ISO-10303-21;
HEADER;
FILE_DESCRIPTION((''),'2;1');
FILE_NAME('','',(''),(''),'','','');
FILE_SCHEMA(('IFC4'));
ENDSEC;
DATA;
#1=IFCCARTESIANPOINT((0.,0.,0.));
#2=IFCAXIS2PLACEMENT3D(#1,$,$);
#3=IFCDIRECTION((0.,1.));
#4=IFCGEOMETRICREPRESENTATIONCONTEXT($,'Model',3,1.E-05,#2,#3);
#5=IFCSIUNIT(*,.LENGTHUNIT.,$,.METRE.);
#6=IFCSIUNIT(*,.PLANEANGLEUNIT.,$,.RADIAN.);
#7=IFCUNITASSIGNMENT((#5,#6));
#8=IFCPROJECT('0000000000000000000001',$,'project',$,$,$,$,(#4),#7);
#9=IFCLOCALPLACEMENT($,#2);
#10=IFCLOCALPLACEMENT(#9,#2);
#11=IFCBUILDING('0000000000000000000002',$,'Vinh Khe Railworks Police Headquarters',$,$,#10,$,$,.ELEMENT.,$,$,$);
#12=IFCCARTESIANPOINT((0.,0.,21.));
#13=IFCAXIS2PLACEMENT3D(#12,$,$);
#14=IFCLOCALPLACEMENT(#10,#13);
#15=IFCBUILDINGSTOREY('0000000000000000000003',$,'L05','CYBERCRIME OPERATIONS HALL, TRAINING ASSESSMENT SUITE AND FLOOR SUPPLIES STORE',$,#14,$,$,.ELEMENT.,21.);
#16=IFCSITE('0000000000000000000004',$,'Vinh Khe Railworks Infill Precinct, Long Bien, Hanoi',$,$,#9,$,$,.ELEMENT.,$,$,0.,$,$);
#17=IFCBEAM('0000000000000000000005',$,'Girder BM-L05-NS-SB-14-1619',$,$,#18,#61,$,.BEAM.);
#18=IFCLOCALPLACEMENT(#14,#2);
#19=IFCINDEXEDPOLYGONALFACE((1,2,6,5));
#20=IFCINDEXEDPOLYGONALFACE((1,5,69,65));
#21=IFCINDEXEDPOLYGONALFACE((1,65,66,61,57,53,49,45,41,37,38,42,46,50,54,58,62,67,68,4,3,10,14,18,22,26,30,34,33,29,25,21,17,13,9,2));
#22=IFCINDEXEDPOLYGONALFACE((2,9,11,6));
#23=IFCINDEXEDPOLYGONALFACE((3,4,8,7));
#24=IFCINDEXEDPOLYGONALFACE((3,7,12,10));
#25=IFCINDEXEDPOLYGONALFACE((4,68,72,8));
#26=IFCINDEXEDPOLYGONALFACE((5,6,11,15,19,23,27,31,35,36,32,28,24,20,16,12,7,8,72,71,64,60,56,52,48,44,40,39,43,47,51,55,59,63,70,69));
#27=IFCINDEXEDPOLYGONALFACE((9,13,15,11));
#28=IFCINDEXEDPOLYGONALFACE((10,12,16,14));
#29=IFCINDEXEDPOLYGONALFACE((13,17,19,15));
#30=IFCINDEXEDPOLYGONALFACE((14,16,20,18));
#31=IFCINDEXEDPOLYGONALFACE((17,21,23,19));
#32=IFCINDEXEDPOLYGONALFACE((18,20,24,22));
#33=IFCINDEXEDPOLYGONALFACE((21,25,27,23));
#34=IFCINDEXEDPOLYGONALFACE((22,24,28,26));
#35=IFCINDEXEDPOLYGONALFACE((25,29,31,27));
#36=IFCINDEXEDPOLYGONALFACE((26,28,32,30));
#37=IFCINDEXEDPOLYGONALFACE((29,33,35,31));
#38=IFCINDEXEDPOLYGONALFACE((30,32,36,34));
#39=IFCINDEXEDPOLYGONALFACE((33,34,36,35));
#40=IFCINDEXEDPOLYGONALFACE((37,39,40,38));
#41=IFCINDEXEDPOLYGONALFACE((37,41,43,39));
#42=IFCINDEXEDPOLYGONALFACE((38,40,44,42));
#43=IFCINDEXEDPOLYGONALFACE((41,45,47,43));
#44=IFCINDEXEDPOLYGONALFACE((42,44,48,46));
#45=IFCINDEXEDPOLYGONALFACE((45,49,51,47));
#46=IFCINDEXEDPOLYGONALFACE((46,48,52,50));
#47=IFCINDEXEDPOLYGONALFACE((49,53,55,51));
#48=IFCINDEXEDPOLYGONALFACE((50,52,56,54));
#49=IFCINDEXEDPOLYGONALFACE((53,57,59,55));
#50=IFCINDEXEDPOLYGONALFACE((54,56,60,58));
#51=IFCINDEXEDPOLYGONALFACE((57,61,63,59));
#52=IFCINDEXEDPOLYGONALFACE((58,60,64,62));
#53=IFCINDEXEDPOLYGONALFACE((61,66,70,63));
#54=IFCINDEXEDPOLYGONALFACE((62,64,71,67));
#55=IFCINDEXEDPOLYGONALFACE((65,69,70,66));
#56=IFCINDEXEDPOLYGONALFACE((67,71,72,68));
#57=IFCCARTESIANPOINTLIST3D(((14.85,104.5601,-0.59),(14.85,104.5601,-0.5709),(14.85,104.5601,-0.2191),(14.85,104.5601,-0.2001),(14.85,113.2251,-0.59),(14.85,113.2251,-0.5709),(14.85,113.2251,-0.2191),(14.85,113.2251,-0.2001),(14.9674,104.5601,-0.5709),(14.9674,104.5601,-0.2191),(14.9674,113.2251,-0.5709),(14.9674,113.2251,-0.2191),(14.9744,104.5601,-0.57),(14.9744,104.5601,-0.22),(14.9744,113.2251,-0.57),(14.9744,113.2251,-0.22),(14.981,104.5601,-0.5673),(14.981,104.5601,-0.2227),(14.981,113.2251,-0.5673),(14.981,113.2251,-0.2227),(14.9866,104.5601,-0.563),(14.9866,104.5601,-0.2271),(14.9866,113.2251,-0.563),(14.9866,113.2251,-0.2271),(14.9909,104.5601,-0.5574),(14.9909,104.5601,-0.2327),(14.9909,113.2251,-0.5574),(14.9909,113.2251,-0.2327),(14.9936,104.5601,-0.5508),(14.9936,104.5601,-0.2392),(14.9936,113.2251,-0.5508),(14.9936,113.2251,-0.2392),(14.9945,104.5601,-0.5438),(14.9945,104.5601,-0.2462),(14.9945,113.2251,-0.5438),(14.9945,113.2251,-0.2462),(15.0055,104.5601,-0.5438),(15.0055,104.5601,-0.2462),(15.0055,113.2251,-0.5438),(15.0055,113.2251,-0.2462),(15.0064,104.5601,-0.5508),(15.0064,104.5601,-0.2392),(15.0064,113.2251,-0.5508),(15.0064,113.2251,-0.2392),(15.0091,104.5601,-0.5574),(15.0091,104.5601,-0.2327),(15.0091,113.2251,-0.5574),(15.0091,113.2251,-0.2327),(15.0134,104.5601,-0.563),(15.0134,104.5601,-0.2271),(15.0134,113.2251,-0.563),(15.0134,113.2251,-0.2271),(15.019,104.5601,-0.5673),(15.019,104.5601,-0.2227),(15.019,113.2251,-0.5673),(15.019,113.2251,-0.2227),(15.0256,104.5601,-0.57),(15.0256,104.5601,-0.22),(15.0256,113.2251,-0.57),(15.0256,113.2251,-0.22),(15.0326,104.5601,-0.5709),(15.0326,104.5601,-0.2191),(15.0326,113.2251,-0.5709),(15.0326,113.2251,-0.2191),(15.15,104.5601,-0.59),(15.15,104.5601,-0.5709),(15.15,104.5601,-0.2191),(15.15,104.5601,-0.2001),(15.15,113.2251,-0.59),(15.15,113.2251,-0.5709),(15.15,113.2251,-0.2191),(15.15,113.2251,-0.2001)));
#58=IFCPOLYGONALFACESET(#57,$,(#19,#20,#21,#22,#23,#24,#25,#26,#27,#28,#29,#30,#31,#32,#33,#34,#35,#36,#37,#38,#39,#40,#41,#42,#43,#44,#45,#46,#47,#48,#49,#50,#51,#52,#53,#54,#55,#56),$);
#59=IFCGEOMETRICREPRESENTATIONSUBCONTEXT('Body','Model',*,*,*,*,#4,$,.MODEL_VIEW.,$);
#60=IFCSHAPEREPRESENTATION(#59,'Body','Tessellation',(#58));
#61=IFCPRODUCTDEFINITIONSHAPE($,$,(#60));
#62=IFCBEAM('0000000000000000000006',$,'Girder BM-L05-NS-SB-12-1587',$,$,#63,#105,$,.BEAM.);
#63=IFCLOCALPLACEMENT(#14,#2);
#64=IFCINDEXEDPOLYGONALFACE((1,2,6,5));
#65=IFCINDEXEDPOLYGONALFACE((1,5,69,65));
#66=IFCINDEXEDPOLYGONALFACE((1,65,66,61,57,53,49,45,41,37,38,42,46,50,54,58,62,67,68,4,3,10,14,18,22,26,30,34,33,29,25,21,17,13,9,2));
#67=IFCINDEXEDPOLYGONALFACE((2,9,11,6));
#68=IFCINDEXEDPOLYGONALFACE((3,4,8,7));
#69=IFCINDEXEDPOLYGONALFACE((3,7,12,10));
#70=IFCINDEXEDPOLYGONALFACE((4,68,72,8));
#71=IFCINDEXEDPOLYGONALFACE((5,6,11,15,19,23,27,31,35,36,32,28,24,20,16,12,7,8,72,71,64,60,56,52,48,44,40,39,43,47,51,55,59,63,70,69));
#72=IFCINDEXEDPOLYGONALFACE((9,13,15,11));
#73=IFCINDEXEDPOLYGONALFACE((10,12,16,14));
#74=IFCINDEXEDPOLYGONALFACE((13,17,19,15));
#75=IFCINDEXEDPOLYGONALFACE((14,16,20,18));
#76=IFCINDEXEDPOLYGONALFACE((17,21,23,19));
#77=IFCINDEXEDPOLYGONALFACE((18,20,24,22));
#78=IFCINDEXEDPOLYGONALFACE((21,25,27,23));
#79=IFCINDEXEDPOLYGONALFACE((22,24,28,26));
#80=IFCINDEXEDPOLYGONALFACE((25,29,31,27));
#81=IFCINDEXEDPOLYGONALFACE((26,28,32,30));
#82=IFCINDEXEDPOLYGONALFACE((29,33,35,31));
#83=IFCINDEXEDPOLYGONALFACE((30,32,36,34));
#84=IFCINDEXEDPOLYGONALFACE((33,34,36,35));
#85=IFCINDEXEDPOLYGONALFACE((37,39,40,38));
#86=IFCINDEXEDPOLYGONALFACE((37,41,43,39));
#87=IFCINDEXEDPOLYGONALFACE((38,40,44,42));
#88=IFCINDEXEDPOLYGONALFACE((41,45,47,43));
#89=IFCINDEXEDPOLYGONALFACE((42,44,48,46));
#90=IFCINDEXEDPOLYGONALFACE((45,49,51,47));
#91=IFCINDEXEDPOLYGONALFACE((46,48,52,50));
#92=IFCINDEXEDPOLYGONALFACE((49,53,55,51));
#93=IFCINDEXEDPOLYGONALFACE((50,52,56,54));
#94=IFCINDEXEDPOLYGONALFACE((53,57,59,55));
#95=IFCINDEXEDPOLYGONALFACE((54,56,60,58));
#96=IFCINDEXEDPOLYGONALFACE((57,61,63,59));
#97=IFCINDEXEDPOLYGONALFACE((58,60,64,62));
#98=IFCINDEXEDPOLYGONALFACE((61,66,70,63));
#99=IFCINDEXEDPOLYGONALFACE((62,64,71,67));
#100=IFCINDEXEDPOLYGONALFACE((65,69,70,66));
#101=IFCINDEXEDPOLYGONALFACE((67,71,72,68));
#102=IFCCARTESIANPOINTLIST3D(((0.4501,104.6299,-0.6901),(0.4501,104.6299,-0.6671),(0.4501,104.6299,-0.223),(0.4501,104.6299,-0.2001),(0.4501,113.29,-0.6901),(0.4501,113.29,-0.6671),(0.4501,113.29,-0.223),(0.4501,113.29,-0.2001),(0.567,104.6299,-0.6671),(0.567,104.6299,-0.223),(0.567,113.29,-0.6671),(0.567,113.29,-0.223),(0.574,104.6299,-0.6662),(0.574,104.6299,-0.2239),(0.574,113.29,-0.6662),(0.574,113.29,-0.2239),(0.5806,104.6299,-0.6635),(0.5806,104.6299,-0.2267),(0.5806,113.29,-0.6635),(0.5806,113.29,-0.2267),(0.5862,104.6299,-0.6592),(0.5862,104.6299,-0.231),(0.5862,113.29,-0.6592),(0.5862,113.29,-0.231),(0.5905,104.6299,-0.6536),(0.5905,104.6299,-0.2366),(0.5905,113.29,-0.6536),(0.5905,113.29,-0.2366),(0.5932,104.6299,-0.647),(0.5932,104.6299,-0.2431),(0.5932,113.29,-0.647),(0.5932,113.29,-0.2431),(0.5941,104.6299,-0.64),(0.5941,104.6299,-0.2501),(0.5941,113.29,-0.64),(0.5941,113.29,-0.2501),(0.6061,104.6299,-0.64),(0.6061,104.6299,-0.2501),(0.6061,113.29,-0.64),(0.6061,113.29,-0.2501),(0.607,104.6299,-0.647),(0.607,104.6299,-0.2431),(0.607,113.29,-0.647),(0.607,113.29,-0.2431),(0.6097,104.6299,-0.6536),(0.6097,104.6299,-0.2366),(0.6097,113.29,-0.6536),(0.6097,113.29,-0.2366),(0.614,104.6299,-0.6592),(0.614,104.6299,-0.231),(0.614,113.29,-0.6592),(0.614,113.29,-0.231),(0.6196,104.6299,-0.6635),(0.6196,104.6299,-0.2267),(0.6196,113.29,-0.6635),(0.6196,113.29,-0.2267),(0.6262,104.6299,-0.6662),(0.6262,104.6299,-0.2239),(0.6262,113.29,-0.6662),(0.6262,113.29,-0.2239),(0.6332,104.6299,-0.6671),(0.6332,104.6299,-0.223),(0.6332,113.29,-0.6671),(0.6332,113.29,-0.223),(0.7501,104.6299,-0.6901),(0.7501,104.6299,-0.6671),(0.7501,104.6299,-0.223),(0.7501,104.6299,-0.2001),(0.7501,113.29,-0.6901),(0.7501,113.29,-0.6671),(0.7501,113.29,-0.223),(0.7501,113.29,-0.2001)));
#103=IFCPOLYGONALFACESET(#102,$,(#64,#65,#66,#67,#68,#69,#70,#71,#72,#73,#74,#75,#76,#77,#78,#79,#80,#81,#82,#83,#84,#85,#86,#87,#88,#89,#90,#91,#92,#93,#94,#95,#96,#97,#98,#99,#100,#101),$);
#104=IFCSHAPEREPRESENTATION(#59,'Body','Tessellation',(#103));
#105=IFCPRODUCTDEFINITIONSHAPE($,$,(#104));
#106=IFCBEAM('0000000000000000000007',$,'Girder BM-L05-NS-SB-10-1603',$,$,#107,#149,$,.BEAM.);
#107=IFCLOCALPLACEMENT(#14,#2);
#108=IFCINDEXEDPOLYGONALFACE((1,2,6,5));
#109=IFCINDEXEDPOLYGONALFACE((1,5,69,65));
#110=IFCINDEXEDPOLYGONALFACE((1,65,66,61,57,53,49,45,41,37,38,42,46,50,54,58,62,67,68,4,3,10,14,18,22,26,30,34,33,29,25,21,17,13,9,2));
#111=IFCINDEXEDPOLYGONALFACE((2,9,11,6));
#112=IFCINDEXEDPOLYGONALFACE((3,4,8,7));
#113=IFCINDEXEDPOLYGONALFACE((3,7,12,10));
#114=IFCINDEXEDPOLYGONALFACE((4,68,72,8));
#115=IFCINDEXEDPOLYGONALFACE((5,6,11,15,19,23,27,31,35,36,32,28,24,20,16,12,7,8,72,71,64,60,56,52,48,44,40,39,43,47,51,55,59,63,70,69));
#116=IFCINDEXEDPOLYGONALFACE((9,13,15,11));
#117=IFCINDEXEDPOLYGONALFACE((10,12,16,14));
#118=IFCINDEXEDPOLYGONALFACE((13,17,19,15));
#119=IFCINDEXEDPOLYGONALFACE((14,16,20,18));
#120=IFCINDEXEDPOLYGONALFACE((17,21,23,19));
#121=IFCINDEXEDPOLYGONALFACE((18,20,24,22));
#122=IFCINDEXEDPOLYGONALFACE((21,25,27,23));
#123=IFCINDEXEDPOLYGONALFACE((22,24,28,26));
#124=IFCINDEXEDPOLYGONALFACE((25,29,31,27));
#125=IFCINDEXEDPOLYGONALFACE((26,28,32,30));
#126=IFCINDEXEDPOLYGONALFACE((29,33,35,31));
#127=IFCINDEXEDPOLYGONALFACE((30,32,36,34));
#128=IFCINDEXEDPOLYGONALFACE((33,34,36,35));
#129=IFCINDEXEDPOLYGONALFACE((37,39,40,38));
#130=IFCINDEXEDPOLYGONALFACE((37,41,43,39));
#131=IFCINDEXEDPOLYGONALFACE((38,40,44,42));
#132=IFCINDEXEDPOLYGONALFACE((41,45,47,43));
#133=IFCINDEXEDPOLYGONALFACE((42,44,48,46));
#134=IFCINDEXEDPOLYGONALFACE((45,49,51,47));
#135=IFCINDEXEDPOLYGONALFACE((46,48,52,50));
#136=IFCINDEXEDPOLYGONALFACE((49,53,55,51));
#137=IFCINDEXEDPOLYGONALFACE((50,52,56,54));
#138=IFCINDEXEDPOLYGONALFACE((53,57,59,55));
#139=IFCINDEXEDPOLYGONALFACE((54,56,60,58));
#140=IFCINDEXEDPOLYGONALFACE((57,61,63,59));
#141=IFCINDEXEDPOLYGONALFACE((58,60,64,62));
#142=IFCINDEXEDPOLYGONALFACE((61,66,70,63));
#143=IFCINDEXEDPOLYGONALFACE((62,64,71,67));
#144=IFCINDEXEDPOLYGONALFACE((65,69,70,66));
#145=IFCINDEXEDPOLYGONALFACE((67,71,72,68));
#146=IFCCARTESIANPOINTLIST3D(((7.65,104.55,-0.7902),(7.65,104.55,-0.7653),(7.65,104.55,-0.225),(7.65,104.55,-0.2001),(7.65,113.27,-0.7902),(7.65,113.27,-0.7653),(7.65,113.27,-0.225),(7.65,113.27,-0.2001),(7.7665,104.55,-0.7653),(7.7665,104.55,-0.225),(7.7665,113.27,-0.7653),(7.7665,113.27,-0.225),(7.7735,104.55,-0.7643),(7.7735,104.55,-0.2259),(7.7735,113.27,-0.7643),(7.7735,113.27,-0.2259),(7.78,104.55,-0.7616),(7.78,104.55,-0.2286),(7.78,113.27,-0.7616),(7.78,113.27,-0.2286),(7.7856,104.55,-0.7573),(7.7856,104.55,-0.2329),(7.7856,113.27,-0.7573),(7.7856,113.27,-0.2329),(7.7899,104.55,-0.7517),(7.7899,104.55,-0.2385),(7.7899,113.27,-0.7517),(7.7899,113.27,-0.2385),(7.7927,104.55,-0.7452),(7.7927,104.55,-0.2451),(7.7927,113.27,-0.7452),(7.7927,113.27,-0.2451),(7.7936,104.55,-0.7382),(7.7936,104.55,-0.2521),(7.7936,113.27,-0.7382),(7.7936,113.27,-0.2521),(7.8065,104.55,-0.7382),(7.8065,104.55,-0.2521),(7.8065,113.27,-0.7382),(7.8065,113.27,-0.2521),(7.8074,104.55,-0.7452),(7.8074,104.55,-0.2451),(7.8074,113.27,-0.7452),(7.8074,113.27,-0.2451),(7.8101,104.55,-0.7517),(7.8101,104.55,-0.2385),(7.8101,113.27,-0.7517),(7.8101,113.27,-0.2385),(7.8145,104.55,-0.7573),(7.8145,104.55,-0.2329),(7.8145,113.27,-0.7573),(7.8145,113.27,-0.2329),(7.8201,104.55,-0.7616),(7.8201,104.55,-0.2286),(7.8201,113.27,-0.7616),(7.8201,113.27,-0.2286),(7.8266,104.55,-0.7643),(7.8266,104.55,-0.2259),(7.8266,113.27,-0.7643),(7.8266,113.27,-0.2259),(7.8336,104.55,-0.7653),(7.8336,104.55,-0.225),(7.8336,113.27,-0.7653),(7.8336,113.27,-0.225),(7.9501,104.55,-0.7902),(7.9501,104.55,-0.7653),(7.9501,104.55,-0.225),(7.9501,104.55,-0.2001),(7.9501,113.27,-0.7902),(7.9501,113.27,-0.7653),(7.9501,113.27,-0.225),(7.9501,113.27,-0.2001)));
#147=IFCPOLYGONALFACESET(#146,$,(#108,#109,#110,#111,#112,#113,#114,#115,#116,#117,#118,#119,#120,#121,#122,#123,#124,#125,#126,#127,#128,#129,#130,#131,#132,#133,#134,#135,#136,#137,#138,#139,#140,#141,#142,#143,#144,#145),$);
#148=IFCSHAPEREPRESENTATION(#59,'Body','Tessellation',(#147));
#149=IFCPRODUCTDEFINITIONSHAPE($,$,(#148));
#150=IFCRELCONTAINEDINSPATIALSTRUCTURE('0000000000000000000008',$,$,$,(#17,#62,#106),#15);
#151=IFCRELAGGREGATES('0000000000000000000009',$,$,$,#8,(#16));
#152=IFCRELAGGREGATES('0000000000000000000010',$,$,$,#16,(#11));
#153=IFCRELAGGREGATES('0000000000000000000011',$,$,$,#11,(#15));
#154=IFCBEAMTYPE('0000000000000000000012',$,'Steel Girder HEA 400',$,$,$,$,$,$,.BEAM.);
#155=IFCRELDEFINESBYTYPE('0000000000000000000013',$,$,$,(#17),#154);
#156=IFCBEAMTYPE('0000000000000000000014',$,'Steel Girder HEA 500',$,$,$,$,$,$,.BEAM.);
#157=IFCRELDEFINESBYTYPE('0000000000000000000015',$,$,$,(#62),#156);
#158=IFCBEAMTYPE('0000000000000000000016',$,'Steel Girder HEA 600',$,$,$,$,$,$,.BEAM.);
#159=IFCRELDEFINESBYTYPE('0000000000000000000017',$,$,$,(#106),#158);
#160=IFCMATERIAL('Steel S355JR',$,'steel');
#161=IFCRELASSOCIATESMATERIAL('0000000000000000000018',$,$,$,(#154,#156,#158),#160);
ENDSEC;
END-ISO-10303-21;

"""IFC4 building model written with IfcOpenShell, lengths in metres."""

from ifc_helpers import new_model, si_unit, direction, frame, origin, origin_2d, place, context, subcontext, project, spatial, i_section, extrude, material, material_profile, profile_set, type_object, element, save


model = new_model("IFC4")

# Units and contexts
model_context = context("Model", 3, precision=1e-05, world=origin(), true_north=direction((0.0, 1.0)))
body_context = subcontext(model_context, "Body", "Model", "MODEL_VIEW")
ifc_project = project(units=[si_unit("LENGTHUNIT", "METRE"), si_unit("PLANEANGLEUNIT", "RADIAN")], contexts=[model_context])

# Site, building, storey
site_placement = place(None, origin())
site = spatial("IfcSite", under=ifc_project, at=site_placement, Name="Vinh Khe Railworks Infill Precinct, Long Bien, Hanoi", CompositionType="ELEMENT", RefElevation=0.0)
building_placement = place(site_placement, origin())
building = spatial("IfcBuilding", under=site, at=building_placement, Name="Vinh Khe Railworks Police Headquarters", CompositionType="ELEMENT")
storey_placement = place(building_placement, frame((0.0, 0.0, 21.0)))
storey = spatial("IfcBuildingStorey", under=building, at=storey_placement, Name="L05", Description="CYBERCRIME OPERATIONS HALL, TRAINING ASSESSMENT SUITE AND FLOOR SUPPLIES STORE", CompositionType="ELEMENT", Elevation=21.0)

# Shared definitions
ifc_material_1 = material(Name="Steel S355JR", Category="steel")

# Beams
ifc_material_profile_1 = material_profile(ifc_material_1, i_section(OverallWidth=0.3, OverallDepth=0.3899, WebThickness=0.011, FlangeThickness=0.019, FilletRadius=0.0271, at=origin_2d()), Name="HEA 400")
ifc_profile_set_1 = profile_set([ifc_material_profile_1], Name="Steel S355JR")
beam_type_1 = type_object("IfcBeamType", Name="Steel Girder HEA 400", PredefinedType="BEAM", material=ifc_profile_set_1)
beam_1_placement = place(storey_placement, frame((15.0, 104.5601, -0.395), z_axis=(0.0, 1.0, 0.0), x_axis=(-1.0, 0.0, 0.0)))
element("IfcBeam", 1, at=beam_1_placement, inside=storey, type_object=beam_type_1, Name="Girder BM-L05-NS-SB-14-1619", PredefinedType="BEAM", context=body_context, shape_type="SweptSolid", body=[
    extrude(i_section(OverallWidth=0.3, OverallDepth=0.3899, WebThickness=0.011, FlangeThickness=0.019, FilletRadius=0.0271, at=origin_2d()), origin(), (0.0, 0.0, 1.0), 8.665),
])
ifc_material_profile_2 = material_profile(ifc_material_1, i_section(OverallWidth=0.3, OverallDepth=0.49, WebThickness=0.012, FlangeThickness=0.0229, FilletRadius=0.0271, at=origin_2d()), Name="HEA 500")
ifc_profile_set_2 = profile_set([ifc_material_profile_2], Name="Steel S355JR")
beam_type_2 = type_object("IfcBeamType", Name="Steel Girder HEA 500", PredefinedType="BEAM", material=ifc_profile_set_2)
beam_2_placement = place(storey_placement, frame((0.6001, 104.6299, -0.4451), z_axis=(0.0, 1.0, 0.0), x_axis=(-1.0, 0.0, 0.0)))
element("IfcBeam", 2, at=beam_2_placement, inside=storey, type_object=beam_type_2, Name="Girder BM-L05-NS-SB-12-1587", PredefinedType="BEAM", context=body_context, shape_type="SweptSolid", body=[
    extrude(i_section(OverallWidth=0.3, OverallDepth=0.49, WebThickness=0.012, FlangeThickness=0.0229, FilletRadius=0.0271, at=origin_2d()), origin(), (0.0, 0.0, 1.0), 8.6602),
])
ifc_material_profile_3 = material_profile(ifc_material_1, i_section(OverallWidth=0.3, OverallDepth=0.5901, WebThickness=0.0129, FlangeThickness=0.0249, FilletRadius=0.0271, at=origin_2d()), Name="HEA 600")
ifc_profile_set_3 = profile_set([ifc_material_profile_3], Name="Steel S355JR")
beam_type_3 = type_object("IfcBeamType", Name="Steel Girder HEA 600", PredefinedType="BEAM", material=ifc_profile_set_3)
beam_3_placement = place(storey_placement, frame((7.8, 104.55, -0.4951), z_axis=(0.0, 1.0, 0.0), x_axis=(-1.0, 0.0, 0.0)))
element("IfcBeam", 3, at=beam_3_placement, inside=storey, type_object=beam_type_3, Name="Girder BM-L05-NS-SB-10-1603", PredefinedType="BEAM", context=body_context, shape_type="SweptSolid", body=[
    extrude(i_section(OverallWidth=0.3, OverallDepth=0.5901, WebThickness=0.0129, FlangeThickness=0.0249, FilletRadius=0.0271, at=origin_2d()), origin(), (0.0, 0.0, 1.0), 8.72),
])

save(model, "model.ifc")
